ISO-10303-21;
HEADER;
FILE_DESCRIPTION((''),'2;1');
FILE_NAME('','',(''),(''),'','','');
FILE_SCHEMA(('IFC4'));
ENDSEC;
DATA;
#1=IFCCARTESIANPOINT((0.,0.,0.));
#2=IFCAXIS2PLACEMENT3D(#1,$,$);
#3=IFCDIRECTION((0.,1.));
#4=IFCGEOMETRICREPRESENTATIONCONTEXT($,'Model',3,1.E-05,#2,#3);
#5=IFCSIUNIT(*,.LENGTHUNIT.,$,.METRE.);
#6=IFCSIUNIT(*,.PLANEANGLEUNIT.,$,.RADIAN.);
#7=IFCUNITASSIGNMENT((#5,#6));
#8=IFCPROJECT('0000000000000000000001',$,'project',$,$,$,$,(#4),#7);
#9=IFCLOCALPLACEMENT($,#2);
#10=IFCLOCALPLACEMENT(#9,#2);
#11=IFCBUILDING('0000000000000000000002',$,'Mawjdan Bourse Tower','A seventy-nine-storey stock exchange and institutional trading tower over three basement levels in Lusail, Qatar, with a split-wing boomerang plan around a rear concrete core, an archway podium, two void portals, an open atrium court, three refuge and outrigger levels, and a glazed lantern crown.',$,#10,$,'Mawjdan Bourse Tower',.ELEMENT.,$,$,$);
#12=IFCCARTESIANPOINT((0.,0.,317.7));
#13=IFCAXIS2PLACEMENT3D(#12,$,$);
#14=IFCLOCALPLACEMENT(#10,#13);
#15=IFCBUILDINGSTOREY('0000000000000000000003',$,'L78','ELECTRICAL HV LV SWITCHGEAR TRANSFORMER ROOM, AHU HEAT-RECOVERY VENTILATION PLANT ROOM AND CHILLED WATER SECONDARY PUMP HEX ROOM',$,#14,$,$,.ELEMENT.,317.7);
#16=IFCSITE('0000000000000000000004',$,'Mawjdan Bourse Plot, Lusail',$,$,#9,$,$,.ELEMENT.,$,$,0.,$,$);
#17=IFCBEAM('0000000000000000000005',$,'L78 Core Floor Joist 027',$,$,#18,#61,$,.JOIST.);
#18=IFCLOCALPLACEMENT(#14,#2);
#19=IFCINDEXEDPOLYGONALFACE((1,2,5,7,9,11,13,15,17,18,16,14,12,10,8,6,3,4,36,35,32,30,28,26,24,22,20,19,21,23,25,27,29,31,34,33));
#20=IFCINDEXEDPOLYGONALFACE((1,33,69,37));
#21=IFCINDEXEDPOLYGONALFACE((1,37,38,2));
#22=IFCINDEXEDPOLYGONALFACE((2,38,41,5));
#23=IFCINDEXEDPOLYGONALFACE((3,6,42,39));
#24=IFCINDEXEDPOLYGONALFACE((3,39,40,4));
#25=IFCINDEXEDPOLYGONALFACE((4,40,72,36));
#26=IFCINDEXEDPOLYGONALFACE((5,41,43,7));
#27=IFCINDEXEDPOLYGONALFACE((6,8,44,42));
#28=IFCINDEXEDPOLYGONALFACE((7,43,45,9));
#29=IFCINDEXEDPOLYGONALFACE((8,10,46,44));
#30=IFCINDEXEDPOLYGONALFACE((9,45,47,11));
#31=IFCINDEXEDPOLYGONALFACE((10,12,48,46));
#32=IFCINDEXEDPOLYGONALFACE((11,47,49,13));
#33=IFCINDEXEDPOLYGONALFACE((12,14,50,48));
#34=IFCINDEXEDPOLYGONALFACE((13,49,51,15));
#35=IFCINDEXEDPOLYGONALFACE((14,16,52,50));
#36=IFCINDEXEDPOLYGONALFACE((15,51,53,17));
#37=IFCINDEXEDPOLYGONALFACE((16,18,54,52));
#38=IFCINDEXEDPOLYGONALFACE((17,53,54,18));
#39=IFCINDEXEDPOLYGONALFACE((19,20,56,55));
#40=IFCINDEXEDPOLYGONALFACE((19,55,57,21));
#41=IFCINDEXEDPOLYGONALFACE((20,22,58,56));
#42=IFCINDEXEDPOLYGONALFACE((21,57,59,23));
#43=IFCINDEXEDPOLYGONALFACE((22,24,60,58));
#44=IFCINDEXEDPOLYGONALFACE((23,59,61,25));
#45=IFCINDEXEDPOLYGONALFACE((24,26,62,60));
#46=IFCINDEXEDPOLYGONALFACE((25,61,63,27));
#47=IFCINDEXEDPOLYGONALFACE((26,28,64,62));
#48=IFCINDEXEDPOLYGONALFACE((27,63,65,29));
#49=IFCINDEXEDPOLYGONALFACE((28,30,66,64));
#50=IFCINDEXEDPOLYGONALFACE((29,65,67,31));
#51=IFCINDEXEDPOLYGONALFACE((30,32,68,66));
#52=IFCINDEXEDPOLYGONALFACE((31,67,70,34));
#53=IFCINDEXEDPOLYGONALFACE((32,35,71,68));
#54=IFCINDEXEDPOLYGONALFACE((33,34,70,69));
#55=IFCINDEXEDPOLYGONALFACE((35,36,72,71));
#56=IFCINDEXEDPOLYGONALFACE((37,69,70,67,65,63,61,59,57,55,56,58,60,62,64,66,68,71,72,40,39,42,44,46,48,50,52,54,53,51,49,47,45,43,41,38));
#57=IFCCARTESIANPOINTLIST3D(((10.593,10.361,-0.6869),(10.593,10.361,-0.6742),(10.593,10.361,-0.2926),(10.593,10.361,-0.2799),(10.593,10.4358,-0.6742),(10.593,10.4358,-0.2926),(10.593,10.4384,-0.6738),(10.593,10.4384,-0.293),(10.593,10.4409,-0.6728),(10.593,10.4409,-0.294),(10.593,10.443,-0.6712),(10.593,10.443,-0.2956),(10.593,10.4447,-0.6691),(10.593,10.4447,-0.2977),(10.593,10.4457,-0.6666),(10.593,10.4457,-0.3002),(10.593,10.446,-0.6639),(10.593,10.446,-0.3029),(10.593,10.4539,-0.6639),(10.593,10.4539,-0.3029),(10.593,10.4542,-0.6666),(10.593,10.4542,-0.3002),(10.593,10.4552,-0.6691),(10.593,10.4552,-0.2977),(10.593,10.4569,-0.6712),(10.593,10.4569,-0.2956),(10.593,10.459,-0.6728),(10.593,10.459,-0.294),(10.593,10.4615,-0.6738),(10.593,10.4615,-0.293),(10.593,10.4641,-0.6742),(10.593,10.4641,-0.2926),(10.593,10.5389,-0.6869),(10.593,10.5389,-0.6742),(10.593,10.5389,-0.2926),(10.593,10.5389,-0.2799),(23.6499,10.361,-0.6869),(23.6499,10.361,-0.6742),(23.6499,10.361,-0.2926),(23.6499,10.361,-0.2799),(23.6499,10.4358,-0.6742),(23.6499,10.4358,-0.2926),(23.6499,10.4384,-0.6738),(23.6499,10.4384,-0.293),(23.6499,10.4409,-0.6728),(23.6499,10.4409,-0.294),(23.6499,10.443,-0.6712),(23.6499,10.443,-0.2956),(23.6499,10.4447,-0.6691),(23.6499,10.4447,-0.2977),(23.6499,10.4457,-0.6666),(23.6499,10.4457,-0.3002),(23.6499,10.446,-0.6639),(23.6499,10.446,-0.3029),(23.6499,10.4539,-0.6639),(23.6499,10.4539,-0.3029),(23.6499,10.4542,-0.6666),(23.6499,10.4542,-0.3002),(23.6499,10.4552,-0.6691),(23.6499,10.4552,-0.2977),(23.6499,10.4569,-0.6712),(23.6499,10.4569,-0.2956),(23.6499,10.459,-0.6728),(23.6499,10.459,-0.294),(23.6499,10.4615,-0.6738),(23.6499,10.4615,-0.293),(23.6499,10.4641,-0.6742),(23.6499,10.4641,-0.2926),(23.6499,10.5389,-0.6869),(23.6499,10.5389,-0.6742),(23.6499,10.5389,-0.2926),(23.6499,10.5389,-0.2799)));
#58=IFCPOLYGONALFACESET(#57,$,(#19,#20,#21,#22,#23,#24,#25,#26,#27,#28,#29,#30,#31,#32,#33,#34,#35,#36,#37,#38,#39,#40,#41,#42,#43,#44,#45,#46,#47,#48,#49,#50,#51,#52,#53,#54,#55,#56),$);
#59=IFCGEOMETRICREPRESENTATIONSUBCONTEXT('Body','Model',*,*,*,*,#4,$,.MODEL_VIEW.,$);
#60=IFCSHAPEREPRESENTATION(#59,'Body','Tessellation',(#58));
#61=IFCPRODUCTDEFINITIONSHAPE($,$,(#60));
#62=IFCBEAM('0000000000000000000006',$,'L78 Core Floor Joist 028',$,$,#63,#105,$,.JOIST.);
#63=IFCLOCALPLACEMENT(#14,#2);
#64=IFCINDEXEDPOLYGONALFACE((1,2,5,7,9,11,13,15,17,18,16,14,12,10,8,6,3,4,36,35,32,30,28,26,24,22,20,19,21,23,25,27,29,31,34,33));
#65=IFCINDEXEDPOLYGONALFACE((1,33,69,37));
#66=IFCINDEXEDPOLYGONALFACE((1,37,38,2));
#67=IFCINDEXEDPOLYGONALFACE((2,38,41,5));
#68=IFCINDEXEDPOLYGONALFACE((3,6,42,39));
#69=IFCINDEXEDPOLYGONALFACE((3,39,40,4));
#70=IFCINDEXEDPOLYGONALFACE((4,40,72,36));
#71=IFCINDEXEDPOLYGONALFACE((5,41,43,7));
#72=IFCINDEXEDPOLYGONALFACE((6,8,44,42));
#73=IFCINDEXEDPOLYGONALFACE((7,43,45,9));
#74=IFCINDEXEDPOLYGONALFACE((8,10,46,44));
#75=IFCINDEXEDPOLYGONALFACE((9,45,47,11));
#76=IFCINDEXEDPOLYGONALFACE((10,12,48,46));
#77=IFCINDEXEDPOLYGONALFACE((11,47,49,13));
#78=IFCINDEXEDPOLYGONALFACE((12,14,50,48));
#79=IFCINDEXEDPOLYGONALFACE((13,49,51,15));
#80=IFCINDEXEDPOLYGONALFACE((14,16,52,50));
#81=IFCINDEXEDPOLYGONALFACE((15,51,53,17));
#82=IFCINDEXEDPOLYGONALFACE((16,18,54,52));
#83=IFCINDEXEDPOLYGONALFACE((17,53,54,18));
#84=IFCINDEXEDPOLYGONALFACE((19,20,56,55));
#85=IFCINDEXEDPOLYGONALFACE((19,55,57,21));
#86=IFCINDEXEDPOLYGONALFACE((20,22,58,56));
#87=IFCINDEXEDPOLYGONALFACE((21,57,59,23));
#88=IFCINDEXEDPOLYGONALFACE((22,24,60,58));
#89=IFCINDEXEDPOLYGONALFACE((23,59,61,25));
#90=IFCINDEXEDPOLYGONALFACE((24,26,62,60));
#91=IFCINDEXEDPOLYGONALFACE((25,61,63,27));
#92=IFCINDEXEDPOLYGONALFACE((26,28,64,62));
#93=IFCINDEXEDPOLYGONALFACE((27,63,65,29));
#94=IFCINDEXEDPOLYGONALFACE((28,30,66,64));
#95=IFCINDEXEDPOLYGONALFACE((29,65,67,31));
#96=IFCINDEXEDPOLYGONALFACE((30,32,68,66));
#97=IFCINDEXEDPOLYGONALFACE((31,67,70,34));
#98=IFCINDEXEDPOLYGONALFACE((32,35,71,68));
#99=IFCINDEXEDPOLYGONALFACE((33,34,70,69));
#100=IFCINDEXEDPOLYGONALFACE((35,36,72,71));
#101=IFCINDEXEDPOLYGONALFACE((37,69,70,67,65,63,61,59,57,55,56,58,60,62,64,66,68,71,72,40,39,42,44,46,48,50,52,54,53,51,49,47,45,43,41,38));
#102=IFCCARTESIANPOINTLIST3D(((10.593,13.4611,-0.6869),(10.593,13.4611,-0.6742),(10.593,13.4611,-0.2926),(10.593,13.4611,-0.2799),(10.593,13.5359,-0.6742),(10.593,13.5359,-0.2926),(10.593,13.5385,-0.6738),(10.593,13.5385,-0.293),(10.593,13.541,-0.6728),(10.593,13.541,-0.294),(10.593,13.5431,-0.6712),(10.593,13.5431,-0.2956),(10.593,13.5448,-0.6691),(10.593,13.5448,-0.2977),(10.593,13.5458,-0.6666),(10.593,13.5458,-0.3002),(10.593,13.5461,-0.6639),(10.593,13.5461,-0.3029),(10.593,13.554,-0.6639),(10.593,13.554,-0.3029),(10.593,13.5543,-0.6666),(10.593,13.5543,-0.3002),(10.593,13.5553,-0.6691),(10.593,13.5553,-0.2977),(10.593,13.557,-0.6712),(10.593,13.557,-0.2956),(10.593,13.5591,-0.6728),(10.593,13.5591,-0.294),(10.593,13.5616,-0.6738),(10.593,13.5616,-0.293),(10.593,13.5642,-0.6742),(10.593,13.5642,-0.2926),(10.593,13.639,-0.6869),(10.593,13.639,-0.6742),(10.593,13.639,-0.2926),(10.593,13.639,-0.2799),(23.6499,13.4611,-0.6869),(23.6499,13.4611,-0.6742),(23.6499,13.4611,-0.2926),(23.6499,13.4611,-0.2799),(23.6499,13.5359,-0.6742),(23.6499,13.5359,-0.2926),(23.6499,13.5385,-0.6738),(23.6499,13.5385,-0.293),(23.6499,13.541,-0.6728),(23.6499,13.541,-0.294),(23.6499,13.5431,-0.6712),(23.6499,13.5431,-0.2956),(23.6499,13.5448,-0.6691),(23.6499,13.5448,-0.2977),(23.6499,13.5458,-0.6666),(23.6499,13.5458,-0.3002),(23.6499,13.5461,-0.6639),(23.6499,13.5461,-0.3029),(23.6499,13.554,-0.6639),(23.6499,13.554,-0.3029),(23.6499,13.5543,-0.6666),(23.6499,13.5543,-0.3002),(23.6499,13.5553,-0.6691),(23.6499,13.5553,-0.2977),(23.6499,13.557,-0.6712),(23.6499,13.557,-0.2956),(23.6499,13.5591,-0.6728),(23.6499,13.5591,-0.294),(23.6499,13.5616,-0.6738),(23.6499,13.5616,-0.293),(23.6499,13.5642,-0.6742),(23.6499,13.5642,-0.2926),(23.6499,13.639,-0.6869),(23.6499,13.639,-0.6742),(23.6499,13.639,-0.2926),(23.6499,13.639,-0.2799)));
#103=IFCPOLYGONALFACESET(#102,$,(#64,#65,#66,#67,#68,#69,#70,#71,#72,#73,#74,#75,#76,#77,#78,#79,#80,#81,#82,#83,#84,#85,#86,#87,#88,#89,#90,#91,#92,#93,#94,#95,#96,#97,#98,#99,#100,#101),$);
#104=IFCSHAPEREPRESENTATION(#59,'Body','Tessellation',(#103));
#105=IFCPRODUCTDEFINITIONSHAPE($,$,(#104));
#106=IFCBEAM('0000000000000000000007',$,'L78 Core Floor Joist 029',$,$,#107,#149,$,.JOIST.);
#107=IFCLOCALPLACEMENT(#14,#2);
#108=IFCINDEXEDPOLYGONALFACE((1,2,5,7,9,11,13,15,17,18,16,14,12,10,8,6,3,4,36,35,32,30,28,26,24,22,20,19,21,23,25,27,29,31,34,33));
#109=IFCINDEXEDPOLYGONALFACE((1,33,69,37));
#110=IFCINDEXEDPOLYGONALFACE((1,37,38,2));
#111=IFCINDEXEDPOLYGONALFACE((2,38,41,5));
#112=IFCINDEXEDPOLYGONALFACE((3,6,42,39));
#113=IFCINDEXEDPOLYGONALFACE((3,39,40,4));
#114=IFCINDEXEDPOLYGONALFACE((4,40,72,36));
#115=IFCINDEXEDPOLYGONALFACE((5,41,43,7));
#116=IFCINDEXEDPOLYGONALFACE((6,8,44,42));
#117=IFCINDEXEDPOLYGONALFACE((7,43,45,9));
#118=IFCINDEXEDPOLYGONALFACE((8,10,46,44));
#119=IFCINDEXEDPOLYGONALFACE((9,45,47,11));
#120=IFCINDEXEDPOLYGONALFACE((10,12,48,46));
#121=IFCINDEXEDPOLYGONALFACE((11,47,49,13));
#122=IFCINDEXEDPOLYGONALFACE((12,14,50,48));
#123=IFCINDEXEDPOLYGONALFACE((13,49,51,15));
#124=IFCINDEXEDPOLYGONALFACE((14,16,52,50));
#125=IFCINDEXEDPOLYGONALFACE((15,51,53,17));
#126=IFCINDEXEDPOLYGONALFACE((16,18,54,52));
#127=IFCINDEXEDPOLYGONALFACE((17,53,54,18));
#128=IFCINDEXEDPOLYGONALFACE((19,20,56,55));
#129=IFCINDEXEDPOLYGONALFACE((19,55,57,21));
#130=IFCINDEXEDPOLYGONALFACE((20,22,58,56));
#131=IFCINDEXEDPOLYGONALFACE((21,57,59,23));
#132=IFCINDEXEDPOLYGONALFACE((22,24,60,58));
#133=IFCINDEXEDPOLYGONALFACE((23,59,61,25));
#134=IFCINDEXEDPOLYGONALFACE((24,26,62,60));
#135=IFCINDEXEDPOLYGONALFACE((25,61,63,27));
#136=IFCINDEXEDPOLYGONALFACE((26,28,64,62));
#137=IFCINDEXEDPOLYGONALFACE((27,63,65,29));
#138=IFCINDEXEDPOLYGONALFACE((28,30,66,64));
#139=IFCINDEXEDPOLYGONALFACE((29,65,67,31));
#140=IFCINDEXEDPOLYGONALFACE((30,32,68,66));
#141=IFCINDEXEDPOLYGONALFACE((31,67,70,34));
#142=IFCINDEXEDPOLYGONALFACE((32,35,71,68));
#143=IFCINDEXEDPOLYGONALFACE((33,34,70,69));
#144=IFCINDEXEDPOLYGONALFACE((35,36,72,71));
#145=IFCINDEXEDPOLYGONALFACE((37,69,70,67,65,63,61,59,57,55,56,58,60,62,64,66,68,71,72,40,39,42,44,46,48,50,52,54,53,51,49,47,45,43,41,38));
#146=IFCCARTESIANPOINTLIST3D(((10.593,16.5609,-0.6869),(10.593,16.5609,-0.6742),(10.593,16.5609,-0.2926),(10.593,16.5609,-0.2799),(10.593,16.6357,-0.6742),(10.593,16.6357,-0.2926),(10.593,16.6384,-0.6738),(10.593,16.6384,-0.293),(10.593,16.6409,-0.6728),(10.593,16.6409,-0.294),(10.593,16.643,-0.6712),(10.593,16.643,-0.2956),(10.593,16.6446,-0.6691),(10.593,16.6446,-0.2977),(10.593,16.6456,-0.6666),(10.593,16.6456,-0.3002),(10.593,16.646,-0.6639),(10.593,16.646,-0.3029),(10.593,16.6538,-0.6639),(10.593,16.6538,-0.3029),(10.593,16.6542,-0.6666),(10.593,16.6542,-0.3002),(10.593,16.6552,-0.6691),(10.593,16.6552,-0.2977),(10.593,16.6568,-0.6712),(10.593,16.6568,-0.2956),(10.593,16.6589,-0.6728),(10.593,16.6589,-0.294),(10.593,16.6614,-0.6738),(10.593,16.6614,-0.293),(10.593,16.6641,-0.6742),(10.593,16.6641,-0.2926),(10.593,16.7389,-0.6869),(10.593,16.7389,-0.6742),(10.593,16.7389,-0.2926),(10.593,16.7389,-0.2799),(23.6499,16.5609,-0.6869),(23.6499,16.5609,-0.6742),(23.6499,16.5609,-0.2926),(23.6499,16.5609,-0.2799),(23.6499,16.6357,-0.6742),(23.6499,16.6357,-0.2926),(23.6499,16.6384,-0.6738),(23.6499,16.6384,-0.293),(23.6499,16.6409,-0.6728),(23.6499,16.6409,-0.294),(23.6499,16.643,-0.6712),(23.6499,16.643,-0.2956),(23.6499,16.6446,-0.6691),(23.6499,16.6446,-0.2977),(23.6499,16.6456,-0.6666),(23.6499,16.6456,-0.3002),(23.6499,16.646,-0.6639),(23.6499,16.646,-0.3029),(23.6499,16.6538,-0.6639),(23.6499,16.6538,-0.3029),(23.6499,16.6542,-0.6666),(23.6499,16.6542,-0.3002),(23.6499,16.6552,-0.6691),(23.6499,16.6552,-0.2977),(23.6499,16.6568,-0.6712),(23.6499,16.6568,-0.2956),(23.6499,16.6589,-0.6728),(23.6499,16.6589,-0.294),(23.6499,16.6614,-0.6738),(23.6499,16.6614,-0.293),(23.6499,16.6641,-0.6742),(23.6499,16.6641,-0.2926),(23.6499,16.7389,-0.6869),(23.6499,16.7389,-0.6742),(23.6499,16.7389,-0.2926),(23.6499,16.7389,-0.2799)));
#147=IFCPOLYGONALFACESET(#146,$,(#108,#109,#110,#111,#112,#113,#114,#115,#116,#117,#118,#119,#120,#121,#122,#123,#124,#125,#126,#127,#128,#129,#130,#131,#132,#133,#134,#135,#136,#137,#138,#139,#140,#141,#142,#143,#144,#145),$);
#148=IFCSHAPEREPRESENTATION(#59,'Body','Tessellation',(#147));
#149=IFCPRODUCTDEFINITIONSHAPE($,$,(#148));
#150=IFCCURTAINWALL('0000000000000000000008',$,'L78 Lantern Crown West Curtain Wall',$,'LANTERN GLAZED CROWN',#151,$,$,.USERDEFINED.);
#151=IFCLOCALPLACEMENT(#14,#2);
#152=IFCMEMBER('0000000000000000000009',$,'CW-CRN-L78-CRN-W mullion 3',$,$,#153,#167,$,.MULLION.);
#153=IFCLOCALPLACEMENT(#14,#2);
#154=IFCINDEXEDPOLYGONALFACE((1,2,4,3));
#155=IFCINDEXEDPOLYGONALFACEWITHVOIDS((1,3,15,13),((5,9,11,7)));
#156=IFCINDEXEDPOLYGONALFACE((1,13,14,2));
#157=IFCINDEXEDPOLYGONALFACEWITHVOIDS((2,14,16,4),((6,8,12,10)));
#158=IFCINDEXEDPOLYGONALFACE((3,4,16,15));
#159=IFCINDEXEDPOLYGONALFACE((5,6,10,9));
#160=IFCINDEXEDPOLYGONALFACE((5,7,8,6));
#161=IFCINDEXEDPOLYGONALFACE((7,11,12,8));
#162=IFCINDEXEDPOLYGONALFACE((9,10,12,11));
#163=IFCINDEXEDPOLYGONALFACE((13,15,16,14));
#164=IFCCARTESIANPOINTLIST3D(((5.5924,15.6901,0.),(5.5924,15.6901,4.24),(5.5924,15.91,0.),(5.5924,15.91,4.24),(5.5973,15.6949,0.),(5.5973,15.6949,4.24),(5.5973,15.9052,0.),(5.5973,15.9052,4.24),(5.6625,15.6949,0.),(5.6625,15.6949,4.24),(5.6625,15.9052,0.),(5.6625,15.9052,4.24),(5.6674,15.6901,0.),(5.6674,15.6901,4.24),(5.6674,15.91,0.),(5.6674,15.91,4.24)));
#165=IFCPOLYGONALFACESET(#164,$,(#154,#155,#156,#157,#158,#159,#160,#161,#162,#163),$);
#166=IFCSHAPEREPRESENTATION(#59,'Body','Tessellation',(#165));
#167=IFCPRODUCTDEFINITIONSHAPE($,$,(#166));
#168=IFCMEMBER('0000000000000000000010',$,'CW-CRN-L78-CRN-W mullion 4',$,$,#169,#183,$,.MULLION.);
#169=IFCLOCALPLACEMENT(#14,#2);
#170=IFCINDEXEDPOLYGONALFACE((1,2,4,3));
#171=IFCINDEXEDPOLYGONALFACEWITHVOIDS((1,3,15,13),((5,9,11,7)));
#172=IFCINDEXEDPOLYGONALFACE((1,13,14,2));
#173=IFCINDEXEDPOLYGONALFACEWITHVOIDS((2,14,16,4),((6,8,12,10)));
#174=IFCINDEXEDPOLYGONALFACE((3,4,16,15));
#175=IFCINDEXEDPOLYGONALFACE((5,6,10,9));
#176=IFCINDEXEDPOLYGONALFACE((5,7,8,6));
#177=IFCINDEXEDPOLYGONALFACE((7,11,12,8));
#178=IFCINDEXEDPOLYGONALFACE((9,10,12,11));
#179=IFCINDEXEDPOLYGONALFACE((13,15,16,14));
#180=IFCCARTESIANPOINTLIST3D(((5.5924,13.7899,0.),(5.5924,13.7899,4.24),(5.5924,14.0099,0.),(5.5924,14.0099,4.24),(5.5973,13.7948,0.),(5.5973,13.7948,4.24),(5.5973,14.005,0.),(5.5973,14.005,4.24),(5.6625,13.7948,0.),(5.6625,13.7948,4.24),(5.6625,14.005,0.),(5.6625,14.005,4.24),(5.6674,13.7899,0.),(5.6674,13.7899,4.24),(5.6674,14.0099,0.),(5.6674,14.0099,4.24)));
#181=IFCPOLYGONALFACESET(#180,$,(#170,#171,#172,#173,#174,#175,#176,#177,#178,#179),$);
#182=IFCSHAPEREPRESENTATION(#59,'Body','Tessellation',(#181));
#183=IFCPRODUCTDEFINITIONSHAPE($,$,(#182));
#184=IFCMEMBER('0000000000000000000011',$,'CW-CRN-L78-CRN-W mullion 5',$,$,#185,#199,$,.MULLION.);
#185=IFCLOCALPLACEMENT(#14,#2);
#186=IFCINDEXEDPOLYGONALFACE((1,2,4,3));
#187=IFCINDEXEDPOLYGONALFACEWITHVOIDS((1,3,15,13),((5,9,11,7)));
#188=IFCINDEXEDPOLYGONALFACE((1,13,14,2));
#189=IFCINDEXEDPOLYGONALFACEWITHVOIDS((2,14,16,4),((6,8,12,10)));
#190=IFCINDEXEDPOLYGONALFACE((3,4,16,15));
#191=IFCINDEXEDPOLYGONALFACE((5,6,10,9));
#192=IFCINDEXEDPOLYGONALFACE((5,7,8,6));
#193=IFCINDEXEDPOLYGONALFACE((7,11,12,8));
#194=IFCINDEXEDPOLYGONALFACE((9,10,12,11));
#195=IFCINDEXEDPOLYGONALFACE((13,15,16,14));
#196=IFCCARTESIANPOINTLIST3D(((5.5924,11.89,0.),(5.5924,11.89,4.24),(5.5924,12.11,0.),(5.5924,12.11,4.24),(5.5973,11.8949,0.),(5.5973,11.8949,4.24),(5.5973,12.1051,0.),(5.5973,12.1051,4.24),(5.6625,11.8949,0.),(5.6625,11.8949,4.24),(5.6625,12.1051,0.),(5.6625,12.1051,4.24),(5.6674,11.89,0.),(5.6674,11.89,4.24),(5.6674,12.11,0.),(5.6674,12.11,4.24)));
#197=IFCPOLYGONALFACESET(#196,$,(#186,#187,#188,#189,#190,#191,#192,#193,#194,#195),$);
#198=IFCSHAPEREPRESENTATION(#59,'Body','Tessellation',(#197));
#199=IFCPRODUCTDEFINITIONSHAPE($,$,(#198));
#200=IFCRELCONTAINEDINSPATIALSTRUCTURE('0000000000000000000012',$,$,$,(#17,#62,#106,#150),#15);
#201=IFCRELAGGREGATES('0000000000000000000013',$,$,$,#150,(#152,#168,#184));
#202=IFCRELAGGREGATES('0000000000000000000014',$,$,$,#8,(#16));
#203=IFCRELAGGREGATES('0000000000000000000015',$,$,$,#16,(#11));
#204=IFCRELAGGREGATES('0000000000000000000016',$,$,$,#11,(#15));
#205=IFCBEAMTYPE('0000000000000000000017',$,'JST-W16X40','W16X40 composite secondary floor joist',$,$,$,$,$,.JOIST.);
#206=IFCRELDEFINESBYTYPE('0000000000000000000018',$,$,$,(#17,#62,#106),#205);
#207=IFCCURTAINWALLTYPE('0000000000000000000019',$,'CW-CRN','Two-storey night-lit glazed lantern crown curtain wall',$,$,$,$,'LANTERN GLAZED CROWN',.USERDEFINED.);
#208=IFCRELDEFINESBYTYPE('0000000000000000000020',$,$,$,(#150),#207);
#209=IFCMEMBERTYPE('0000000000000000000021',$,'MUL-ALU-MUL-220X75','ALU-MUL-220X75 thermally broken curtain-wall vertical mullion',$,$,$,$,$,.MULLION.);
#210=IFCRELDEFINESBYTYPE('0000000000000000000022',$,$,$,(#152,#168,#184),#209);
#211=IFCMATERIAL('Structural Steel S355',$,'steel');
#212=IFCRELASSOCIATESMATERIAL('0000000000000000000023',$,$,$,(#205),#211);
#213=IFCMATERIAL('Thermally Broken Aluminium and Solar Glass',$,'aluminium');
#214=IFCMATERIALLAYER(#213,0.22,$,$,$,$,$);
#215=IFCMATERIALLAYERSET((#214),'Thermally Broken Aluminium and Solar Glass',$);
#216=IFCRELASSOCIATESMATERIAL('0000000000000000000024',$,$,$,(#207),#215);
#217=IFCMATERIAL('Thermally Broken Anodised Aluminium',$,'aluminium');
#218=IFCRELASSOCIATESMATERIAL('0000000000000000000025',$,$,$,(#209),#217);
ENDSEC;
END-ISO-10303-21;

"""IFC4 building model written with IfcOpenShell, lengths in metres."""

from ifc_helpers import new_model, si_unit, direction, frame, origin, origin_2d, place, context, subcontext, project, spatial, hollow_rectangle, i_section, extrude, material, layer, layer_set, material_profile, profile_set, type_object, element, aggregate, save


model = new_model("IFC4")

# Units and contexts
model_context = context("Model", 3, precision=1e-05, world=origin(), true_north=direction((0.0, 1.0)))
body_context = subcontext(model_context, "Body", "Model", "MODEL_VIEW")
ifc_project = project(units=[si_unit("LENGTHUNIT", "METRE"), si_unit("PLANEANGLEUNIT", "RADIAN")], contexts=[model_context])

# Site, building, storey
site_placement = place(None, origin())
site = spatial("IfcSite", under=ifc_project, at=site_placement, Name="Mawjdan Bourse Plot, Lusail", CompositionType="ELEMENT", RefElevation=0.0)
building_placement = place(site_placement, origin())
building = spatial("IfcBuilding", under=site, at=building_placement, Name="Mawjdan Bourse Tower", Description="A seventy-nine-storey stock exchange and institutional trading tower over three basement levels in Lusail, Qatar, with a split-wing boomerang plan around a rear concrete core, an archway podium, two void portals, an open atrium court, three refuge and outrigger levels, and a glazed lantern crown.", LongName="Mawjdan Bourse Tower", CompositionType="ELEMENT")
storey_placement = place(building_placement, frame((0.0, 0.0, 317.7)))
storey = spatial("IfcBuildingStorey", under=building, at=storey_placement, Name="L78", Description="ELECTRICAL HV LV SWITCHGEAR TRANSFORMER ROOM, AHU HEAT-RECOVERY VENTILATION PLANT ROOM AND CHILLED WATER SECONDARY PUMP HEX ROOM", CompositionType="ELEMENT", Elevation=317.7)

# Beams
ifc_material_1 = material(Name="Structural Steel S355", Category="steel")
ifc_material_profile_1 = material_profile(ifc_material_1, i_section(OverallWidth=0.178, OverallDepth=0.407, WebThickness=0.0078, FlangeThickness=0.0127, FilletRadius=0.0103, at=origin_2d()), Name="W16X40")
ifc_profile_set_1 = profile_set([ifc_material_profile_1], Name="Structural Steel S355")
beam_type = type_object("IfcBeamType", Name="JST-W16X40", Description="W16X40 composite secondary floor joist", PredefinedType="JOIST", material=ifc_profile_set_1)
for number, where, z_axis, x_axis, name in (
    (1, (10.593, 10.45, -0.4834), (1.0, 0.0, 0.0), (0.0, 1.0, 0.0), "L78 Core Floor Joist 027"),
    (2, (10.593, 13.55, -0.4834), (1.0, 0.0, 0.0), (0.0, 1.0, 0.0), "L78 Core Floor Joist 028"),
    (3, (10.593, 16.6499, -0.4834), (1.0, 0.0, 0.0), (0.0, 1.0, 0.0), "L78 Core Floor Joist 029"),
):
    element("IfcBeam", number, at=place(storey_placement, frame(where, z_axis=z_axis, x_axis=x_axis)), inside=storey, type_object=beam_type, Name=name, PredefinedType="JOIST", context=body_context, shape_type="SweptSolid", body=[
        extrude(i_section(OverallWidth=0.178, OverallDepth=0.407, WebThickness=0.0078, FlangeThickness=0.0127, FilletRadius=0.0103, at=origin_2d()), origin(), (0.0, 0.0, 1.0), 13.0569),
    ])

# Curtain wall, members
ifc_material_2 = material(Name="Thermally Broken Aluminium and Solar Glass", Category="aluminium")
ifc_layer_1 = layer(ifc_material_2, 0.22)
ifc_layer_set_1 = layer_set([ifc_layer_1], Name="Thermally Broken Aluminium and Solar Glass")
curtain_wall_type = type_object("IfcCurtainWallType", Name="CW-CRN", Description="Two-storey night-lit glazed lantern crown curtain wall", ElementType="LANTERN GLAZED CROWN", PredefinedType="USERDEFINED", material=ifc_layer_set_1)
curtain_wall_placement = place(storey_placement, origin())
curtain_wall = element("IfcCurtainWall", 4, at=curtain_wall_placement, inside=storey, type_object=curtain_wall_type, Name="L78 Lantern Crown West Curtain Wall", ObjectType="LANTERN GLAZED CROWN", PredefinedType="USERDEFINED")
ifc_material_3 = material(Name="Thermally Broken Anodised Aluminium", Category="aluminium")
ifc_material_profile_2 = material_profile(ifc_material_3, hollow_rectangle(XDim=0.075, YDim=0.22, WallThickness=0.0049, at=origin_2d()), Name="ALU-MUL-220X75")
ifc_profile_set_2 = profile_set([ifc_material_profile_2], Name="Thermally Broken Anodised Aluminium")
member_type_1 = type_object("IfcMemberType", Name="MUL-ALU-MUL-220X75", Description="ALU-MUL-220X75 thermally broken curtain-wall vertical mullion", PredefinedType="MULLION", material=ifc_profile_set_2)
member_1_placement = place(storey_placement, frame((5.6299, 15.8, 0.0), z_axis=(0.0, 0.0, 1.0), x_axis=(1.0, 0.0, 0.0)))
member_1 = element("IfcMember", 5, at=member_1_placement, type_object=member_type_1, Name="CW-CRN-L78-CRN-W mullion 3", PredefinedType="MULLION", context=body_context, shape_type="SweptSolid", body=[
    extrude(hollow_rectangle(XDim=0.075, YDim=0.22, WallThickness=0.0049, at=origin_2d()), origin(), (0.0, 0.0, 1.0), 4.24),
])
member_2_placement = place(storey_placement, frame((5.6299, 13.8999, 0.0), z_axis=(0.0, 0.0, 1.0), x_axis=(1.0, 0.0, 0.0)))
member_2 = element("IfcMember", 6, at=member_2_placement, type_object=member_type_1, Name="CW-CRN-L78-CRN-W mullion 4", PredefinedType="MULLION", context=body_context, shape_type="SweptSolid", body=[
    extrude(hollow_rectangle(XDim=0.075, YDim=0.22, WallThickness=0.0049, at=origin_2d()), origin(), (0.0, 0.0, 1.0), 4.24),
])
member_3_placement = place(storey_placement, frame((5.6299, 12.0, 0.0), z_axis=(0.0, 0.0, 1.0), x_axis=(1.0, 0.0, 0.0)))
member_3 = element("IfcMember", 7, at=member_3_placement, type_object=member_type_1, Name="CW-CRN-L78-CRN-W mullion 5", PredefinedType="MULLION", context=body_context, shape_type="SweptSolid", body=[
    extrude(hollow_rectangle(XDim=0.075, YDim=0.22, WallThickness=0.0049, at=origin_2d()), origin(), (0.0, 0.0, 1.0), 4.24),
])
aggregate(curtain_wall, [member_1, member_2, member_3])

save(model, "model.ifc")
